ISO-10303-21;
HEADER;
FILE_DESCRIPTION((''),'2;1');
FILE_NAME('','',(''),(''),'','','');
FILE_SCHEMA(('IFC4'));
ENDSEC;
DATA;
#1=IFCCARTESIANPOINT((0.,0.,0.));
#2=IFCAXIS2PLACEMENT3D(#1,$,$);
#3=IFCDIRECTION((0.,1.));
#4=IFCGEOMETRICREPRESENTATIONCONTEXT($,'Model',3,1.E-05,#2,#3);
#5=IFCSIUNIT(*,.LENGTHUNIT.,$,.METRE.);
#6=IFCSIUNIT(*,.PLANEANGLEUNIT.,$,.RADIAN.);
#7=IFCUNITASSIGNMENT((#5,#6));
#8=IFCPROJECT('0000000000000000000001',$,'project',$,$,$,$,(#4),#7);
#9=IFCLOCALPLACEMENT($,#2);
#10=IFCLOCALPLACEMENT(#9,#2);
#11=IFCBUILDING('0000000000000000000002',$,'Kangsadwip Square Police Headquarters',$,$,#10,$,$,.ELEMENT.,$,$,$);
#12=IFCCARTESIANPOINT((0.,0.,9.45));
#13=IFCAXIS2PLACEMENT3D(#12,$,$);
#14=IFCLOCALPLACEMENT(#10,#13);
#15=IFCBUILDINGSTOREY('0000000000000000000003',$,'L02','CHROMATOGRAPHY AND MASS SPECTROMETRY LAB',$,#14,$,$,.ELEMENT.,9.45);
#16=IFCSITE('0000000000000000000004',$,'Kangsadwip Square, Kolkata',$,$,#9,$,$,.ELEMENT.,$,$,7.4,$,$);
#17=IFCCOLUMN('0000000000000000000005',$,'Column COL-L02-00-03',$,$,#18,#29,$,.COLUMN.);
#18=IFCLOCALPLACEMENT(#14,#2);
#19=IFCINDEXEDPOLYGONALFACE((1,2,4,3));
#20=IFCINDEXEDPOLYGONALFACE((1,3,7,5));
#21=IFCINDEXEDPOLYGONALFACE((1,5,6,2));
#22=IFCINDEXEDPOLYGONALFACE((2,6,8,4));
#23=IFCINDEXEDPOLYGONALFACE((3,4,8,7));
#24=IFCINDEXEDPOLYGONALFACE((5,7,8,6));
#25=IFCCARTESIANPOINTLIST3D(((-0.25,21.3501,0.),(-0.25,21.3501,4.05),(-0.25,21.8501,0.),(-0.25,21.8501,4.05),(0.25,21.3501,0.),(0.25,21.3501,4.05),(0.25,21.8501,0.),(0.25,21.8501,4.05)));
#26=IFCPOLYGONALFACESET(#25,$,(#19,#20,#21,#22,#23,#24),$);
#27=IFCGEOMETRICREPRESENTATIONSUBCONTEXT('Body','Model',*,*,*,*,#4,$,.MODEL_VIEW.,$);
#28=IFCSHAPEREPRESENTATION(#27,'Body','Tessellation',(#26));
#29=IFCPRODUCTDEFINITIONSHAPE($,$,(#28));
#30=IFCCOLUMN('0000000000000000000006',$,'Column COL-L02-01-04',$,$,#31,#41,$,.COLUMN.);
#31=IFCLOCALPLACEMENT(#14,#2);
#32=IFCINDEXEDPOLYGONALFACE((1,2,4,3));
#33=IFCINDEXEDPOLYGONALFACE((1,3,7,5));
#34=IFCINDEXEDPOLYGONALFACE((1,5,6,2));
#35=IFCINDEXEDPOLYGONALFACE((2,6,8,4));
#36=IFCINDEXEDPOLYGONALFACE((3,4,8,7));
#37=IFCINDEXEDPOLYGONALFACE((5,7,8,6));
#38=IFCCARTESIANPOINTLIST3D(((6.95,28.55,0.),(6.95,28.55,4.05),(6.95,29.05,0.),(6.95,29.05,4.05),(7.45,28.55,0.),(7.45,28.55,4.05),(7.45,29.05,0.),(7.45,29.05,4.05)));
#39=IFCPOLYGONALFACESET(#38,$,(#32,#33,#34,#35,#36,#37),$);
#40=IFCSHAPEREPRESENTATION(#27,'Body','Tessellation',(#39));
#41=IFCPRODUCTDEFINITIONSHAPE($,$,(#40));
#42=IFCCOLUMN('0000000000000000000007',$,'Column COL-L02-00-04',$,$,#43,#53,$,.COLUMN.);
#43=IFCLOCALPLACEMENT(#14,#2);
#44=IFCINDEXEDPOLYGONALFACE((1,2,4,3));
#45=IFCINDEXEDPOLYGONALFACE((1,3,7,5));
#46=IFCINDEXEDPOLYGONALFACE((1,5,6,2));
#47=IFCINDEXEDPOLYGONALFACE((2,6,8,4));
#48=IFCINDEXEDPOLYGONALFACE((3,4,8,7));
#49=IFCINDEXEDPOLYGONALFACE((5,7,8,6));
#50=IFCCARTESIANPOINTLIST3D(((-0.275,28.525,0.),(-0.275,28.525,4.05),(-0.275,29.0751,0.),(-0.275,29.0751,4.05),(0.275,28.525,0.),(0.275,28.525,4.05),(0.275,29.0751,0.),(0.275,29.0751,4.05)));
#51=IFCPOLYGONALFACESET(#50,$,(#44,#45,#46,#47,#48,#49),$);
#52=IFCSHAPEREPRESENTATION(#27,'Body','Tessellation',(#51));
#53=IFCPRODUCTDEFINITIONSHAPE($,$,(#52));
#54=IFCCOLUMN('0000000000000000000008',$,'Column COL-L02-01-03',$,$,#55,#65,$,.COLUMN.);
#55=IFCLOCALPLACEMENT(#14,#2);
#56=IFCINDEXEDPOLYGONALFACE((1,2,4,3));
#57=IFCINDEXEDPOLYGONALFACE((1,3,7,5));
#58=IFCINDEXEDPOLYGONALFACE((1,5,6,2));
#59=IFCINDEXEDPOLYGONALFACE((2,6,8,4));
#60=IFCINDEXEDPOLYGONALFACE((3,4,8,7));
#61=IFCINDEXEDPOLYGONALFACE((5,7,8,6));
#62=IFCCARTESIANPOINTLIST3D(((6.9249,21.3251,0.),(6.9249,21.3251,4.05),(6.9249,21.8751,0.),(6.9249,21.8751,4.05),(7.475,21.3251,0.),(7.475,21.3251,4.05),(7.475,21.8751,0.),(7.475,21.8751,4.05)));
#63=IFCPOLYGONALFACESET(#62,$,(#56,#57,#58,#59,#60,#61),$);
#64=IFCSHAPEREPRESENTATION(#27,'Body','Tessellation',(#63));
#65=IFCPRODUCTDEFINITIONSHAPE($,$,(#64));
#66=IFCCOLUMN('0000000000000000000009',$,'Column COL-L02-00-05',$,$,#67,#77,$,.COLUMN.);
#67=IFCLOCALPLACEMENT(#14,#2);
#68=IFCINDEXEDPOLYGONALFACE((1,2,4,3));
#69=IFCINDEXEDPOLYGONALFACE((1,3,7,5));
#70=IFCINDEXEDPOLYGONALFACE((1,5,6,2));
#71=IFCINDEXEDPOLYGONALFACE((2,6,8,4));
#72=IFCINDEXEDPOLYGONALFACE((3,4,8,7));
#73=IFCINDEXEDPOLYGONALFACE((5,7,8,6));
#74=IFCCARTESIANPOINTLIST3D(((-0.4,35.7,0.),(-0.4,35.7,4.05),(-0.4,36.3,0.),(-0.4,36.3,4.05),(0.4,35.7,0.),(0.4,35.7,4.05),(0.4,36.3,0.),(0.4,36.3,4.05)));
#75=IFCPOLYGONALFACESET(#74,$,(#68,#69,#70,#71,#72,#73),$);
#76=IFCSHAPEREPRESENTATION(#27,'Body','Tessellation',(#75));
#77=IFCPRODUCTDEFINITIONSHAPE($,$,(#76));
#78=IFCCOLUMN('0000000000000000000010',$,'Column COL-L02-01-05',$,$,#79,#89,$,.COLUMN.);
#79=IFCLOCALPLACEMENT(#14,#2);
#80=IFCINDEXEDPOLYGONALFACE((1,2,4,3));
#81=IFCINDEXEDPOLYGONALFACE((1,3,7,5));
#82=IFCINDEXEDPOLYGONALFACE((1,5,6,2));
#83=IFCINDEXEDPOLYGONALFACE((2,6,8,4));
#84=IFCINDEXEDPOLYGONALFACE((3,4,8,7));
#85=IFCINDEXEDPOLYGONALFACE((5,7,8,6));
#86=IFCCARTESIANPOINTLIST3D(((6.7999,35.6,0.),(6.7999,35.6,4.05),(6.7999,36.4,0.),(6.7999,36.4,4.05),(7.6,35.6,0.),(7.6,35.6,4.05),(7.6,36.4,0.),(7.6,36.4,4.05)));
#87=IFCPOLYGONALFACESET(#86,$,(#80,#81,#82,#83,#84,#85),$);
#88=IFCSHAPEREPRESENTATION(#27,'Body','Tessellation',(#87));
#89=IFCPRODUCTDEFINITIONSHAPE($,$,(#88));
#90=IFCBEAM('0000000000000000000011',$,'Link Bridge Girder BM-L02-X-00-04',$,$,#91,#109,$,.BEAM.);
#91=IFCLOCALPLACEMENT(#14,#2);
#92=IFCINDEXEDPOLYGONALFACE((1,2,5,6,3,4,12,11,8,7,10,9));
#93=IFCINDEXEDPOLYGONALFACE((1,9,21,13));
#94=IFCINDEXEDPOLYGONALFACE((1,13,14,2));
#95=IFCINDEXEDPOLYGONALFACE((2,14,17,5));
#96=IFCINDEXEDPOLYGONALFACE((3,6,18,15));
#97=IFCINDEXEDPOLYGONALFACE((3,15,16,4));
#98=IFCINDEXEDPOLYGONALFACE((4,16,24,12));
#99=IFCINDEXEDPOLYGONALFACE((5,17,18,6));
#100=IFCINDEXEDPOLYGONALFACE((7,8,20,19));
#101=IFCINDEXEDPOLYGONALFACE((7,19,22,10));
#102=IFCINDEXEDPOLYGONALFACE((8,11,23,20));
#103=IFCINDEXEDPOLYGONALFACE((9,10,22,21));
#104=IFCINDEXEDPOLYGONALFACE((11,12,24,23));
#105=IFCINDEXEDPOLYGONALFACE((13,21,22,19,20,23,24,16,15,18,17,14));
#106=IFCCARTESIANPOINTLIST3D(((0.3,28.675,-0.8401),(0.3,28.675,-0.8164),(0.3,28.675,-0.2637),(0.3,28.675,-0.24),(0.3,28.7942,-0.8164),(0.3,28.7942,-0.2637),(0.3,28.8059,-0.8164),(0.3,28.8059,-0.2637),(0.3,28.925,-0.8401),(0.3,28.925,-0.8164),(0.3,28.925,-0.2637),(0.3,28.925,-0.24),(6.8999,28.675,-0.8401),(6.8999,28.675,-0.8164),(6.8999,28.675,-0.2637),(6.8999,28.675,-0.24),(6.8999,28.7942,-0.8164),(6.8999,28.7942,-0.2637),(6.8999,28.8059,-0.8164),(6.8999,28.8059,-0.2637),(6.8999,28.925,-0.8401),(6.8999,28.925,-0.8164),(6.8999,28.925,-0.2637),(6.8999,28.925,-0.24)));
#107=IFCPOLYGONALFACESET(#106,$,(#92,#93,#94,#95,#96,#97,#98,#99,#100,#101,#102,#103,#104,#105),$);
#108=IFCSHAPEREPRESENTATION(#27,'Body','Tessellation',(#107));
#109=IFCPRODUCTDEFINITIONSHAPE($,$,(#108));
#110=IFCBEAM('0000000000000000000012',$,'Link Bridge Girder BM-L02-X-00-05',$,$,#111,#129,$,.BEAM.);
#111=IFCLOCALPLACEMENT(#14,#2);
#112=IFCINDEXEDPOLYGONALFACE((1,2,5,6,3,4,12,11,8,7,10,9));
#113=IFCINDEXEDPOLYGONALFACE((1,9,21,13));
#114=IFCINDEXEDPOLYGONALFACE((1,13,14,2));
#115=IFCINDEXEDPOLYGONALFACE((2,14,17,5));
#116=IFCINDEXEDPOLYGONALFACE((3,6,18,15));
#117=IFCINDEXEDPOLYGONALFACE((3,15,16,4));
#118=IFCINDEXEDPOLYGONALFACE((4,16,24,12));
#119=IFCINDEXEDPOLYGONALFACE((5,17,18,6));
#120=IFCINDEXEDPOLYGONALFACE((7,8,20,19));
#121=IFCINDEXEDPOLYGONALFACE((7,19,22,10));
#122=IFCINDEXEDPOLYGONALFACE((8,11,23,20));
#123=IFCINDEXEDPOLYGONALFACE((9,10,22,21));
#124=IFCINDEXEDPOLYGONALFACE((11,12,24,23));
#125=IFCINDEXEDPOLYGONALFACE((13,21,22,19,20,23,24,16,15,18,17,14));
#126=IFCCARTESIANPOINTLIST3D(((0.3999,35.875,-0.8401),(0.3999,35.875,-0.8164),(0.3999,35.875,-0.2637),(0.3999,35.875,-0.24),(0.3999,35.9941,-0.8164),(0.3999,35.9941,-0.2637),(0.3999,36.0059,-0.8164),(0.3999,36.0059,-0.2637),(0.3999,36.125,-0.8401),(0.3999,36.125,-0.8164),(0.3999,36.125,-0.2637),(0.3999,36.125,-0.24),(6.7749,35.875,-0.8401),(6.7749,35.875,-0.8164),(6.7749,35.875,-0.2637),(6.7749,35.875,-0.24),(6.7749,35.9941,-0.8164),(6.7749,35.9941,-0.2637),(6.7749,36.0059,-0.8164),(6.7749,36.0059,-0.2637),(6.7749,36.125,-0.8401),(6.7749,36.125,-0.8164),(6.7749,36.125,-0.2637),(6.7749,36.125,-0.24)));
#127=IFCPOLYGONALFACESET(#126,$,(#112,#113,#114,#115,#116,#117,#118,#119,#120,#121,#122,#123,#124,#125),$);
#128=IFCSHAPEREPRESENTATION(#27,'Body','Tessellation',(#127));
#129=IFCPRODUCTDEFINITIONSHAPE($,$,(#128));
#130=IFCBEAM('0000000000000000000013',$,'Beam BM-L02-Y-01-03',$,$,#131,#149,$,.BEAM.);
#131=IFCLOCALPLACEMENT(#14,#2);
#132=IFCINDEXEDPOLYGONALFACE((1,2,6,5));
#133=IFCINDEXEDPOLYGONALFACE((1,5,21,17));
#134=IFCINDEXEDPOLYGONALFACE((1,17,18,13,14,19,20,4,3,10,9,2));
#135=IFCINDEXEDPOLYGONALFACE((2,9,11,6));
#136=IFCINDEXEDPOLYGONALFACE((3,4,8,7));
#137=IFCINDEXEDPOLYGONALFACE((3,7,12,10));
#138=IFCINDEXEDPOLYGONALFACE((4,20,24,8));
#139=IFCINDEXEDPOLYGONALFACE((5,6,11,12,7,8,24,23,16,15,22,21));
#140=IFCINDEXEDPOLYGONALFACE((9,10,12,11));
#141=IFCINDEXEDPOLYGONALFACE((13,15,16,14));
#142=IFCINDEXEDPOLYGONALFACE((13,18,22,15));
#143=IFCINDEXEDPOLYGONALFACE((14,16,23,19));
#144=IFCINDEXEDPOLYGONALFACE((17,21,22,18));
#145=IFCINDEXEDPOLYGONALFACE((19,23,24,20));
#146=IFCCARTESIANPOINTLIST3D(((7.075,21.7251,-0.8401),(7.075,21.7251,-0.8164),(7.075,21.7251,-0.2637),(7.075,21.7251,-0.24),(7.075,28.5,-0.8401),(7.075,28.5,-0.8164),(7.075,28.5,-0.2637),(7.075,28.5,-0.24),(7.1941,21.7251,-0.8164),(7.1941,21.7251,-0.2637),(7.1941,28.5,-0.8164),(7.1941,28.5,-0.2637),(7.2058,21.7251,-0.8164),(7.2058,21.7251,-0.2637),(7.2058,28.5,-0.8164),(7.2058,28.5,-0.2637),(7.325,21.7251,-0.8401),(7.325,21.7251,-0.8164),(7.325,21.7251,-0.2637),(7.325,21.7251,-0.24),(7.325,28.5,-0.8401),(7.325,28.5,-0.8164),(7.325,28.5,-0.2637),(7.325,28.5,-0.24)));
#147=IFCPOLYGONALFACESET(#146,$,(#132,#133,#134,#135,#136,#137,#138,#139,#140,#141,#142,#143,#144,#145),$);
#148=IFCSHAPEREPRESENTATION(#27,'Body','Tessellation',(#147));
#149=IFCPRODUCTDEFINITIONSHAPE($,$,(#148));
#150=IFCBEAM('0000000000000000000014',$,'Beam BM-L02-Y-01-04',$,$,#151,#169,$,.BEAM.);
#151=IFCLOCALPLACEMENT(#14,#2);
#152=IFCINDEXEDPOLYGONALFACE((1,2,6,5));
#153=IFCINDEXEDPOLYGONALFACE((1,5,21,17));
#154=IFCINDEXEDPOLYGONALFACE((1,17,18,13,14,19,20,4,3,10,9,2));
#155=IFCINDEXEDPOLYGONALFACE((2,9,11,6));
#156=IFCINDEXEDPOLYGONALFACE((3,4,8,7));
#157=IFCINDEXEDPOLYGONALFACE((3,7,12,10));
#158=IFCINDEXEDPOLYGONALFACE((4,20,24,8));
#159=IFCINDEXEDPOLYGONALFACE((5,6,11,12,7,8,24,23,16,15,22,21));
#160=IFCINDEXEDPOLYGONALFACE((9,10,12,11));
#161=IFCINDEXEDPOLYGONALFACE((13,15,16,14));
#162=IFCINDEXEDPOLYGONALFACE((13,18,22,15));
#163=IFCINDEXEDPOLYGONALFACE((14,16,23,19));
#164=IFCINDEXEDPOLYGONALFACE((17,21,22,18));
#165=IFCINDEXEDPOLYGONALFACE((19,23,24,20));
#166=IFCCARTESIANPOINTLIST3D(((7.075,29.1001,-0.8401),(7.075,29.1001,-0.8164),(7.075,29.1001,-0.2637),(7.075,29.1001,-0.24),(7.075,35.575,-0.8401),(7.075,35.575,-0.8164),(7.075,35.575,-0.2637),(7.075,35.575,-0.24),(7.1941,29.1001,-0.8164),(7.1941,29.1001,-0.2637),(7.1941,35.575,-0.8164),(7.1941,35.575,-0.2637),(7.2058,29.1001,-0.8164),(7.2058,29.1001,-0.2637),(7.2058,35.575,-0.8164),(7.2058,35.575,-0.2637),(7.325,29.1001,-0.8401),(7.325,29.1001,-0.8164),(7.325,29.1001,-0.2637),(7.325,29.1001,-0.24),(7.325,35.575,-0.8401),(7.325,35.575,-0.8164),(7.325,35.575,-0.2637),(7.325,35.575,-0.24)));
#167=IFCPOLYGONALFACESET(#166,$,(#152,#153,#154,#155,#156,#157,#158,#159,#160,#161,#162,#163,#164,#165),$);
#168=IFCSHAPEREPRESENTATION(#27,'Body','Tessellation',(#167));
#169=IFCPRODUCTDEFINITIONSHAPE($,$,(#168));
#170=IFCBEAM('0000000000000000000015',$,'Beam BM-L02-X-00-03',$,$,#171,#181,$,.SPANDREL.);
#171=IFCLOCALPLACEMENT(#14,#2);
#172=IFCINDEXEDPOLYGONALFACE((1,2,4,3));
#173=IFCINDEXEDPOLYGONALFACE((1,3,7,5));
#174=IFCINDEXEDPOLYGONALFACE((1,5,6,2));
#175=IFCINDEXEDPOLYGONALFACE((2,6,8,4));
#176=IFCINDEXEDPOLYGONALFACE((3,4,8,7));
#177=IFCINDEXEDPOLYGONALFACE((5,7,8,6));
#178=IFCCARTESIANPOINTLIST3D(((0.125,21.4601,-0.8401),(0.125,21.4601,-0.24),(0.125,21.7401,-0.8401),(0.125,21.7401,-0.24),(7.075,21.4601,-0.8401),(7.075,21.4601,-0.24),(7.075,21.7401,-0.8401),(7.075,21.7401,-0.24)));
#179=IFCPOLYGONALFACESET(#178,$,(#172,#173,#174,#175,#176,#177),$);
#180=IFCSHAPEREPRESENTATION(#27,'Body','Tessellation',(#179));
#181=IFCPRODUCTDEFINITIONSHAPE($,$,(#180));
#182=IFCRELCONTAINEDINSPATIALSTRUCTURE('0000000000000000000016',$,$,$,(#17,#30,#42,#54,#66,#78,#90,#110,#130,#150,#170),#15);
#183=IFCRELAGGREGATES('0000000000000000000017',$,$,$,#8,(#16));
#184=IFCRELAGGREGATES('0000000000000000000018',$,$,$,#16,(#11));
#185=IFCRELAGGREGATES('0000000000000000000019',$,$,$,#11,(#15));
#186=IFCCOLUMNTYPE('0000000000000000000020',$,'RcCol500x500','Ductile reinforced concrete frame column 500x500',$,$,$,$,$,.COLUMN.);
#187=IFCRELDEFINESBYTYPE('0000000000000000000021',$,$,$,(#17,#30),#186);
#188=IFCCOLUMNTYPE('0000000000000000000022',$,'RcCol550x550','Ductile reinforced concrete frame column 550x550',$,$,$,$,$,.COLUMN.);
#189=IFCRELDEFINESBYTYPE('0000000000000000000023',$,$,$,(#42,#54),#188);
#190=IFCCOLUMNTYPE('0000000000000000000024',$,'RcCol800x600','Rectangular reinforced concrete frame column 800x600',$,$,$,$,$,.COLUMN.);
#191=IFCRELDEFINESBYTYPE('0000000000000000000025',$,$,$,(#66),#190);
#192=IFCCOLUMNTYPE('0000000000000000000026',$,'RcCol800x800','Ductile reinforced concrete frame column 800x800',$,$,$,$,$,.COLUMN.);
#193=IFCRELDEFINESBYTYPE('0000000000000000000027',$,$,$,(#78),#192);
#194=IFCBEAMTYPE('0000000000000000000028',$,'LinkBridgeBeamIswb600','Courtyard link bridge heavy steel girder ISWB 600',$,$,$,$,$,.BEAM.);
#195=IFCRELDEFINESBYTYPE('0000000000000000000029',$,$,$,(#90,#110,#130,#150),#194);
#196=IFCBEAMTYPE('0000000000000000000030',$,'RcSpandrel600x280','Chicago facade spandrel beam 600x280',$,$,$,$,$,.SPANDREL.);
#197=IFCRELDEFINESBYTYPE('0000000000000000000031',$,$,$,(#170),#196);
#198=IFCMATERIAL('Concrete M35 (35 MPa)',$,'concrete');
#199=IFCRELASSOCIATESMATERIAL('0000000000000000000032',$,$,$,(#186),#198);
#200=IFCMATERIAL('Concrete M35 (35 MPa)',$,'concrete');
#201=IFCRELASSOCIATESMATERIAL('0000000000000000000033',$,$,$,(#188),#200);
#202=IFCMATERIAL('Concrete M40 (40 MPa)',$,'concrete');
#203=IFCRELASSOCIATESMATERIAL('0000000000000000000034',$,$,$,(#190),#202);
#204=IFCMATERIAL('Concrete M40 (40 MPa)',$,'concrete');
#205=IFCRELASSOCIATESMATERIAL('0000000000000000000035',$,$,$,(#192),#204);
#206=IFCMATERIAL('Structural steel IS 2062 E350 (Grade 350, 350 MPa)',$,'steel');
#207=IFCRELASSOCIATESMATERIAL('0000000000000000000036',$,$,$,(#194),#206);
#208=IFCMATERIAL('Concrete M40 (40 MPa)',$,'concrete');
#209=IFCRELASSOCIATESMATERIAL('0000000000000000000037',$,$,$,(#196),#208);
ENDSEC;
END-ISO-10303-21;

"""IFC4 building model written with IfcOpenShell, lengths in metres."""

from ifc_helpers import new_model, si_unit, direction, frame, origin, origin_2d, place, context, subcontext, project, spatial, rectangle, i_section, extrude, material, material_profile, profile_set, type_object, element, save


model = new_model("IFC4")

# Units and contexts
model_context = context("Model", 3, precision=1e-05, world=origin(), true_north=direction((0.0, 1.0)))
body_context = subcontext(model_context, "Body", "Model", "MODEL_VIEW")
ifc_project = project(units=[si_unit("LENGTHUNIT", "METRE"), si_unit("PLANEANGLEUNIT", "RADIAN")], contexts=[model_context])

# Site, building, storey
site_placement = place(None, origin())
site = spatial("IfcSite", under=ifc_project, at=site_placement, Name="Kangsadwip Square, Kolkata", CompositionType="ELEMENT", RefElevation=7.4)
building_placement = place(site_placement, origin())
building = spatial("IfcBuilding", under=site, at=building_placement, Name="Kangsadwip Square Police Headquarters", CompositionType="ELEMENT")
storey_placement = place(building_placement, frame((0.0, 0.0, 9.45)))
storey = spatial("IfcBuildingStorey", under=building, at=storey_placement, Name="L02", Description="CHROMATOGRAPHY AND MASS SPECTROMETRY LAB", CompositionType="ELEMENT", Elevation=9.45)

# Columns
ifc_material_1 = material(Name="Concrete M35 (35 MPa)", Category="concrete")
ifc_material_profile_1 = material_profile(ifc_material_1, rectangle(XDim=0.5, YDim=0.5, at=origin_2d()), Name="RC COL 500X500")
ifc_profile_set_1 = profile_set([ifc_material_profile_1], Name="Concrete M35 (35 MPa)")
column_type_1 = type_object("IfcColumnType", Name="RcCol500x500", Description="Ductile reinforced concrete frame column 500x500", PredefinedType="COLUMN", material=ifc_profile_set_1)
for number, where, z_axis, x_axis, name in (
    (1, (0.0, 21.6001, 0.0), (0.0, 0.0, 1.0), (1.0, 0.0, 0.0), "Column COL-L02-00-03"),
    (2, (7.2, 28.8, 0.0), (0.0, 0.0, 1.0), (1.0, 0.0, 0.0), "Column COL-L02-01-04"),
):
    element("IfcColumn", number, at=place(storey_placement, frame(where, z_axis=z_axis, x_axis=x_axis)), inside=storey, type_object=column_type_1, Name=name, PredefinedType="COLUMN", context=body_context, shape_type="SweptSolid", body=[
        extrude(rectangle(XDim=0.5, YDim=0.5, at=origin_2d()), origin(), (0.0, 0.0, 1.0), 4.05),
    ])
ifc_material_2 = material(Name="Concrete M35 (35 MPa)", Category="concrete")
ifc_material_profile_2 = material_profile(ifc_material_2, rectangle(XDim=0.55, YDim=0.55, at=origin_2d()), Name="RC COL 550X550")
ifc_profile_set_2 = profile_set([ifc_material_profile_2], Name="Concrete M35 (35 MPa)")
column_type_2 = type_object("IfcColumnType", Name="RcCol550x550", Description="Ductile reinforced concrete frame column 550x550", PredefinedType="COLUMN", material=ifc_profile_set_2)
for number, where, z_axis, x_axis, name in (
    (3, (0.0, 28.8, 0.0), (0.0, 0.0, 1.0), (1.0, 0.0, 0.0), "Column COL-L02-00-04"),
    (4, (7.2, 21.6001, 0.0), (0.0, 0.0, 1.0), (1.0, 0.0, 0.0), "Column COL-L02-01-03"),
):
    element("IfcColumn", number, at=place(storey_placement, frame(where, z_axis=z_axis, x_axis=x_axis)), inside=storey, type_object=column_type_2, Name=name, PredefinedType="COLUMN", context=body_context, shape_type="SweptSolid", body=[
        extrude(rectangle(XDim=0.55, YDim=0.55, at=origin_2d()), origin(), (0.0, 0.0, 1.0), 4.05),
    ])
ifc_material_3 = material(Name="Concrete M40 (40 MPa)", Category="concrete")
ifc_material_profile_3 = material_profile(ifc_material_3, rectangle(XDim=0.6001, YDim=0.8, at=origin_2d()), Name="RC COL 800X600")
ifc_profile_set_3 = profile_set([ifc_material_profile_3], Name="Concrete M40 (40 MPa)")
column_type_3 = type_object("IfcColumnType", Name="RcCol800x600", Description="Rectangular reinforced concrete frame column 800x600", PredefinedType="COLUMN", material=ifc_profile_set_3)
column_1_placement = place(storey_placement, frame((0.0, 36.0, 0.0), z_axis=(0.0, 0.0, 1.0), x_axis=(0.0, 1.0, 0.0)))
element("IfcColumn", 5, at=column_1_placement, inside=storey, type_object=column_type_3, Name="Column COL-L02-00-05", PredefinedType="COLUMN", context=body_context, shape_type="SweptSolid", body=[
    extrude(rectangle(XDim=0.6001, YDim=0.8, at=origin_2d()), origin(), (0.0, 0.0, 1.0), 4.05),
])
ifc_material_4 = material(Name="Concrete M40 (40 MPa)", Category="concrete")
ifc_material_profile_4 = material_profile(ifc_material_4, rectangle(XDim=0.8, YDim=0.8, at=origin_2d()), Name="RC COL 800X800")
ifc_profile_set_4 = profile_set([ifc_material_profile_4], Name="Concrete M40 (40 MPa)")
column_type_4 = type_object("IfcColumnType", Name="RcCol800x800", Description="Ductile reinforced concrete frame column 800x800", PredefinedType="COLUMN", material=ifc_profile_set_4)
column_2_placement = place(storey_placement, frame((7.2, 36.0, 0.0), z_axis=(0.0, 0.0, 1.0), x_axis=(1.0, 0.0, 0.0)))
element("IfcColumn", 6, at=column_2_placement, inside=storey, type_object=column_type_4, Name="Column COL-L02-01-05", PredefinedType="COLUMN", context=body_context, shape_type="SweptSolid", body=[
    extrude(rectangle(XDim=0.8, YDim=0.8, at=origin_2d()), origin(), (0.0, 0.0, 1.0), 4.05),
])

# Beams
ifc_material_5 = material(Name="Structural steel IS 2062 E350 (Grade 350, 350 MPa)", Category="steel")
ifc_material_profile_5 = material_profile(ifc_material_5, i_section(OverallWidth=0.25, OverallDepth=0.6001, WebThickness=0.0117, FlangeThickness=0.0237, at=origin_2d()), Name="ISWB 600")
ifc_profile_set_5 = profile_set([ifc_material_profile_5], Name="Structural steel IS 2062 E350 (Grade 350, 350 MPa)")
beam_type_1 = type_object("IfcBeamType", Name="LinkBridgeBeamIswb600", Description="Courtyard link bridge heavy steel girder ISWB 600", PredefinedType="BEAM", material=ifc_profile_set_5)
beam_1_placement = place(storey_placement, frame((0.3, 28.8, -0.54), z_axis=(1.0, 0.0, 0.0), x_axis=(0.0, 1.0, 0.0)))
element("IfcBeam", 7, at=beam_1_placement, inside=storey, type_object=beam_type_1, Name="Link Bridge Girder BM-L02-X-00-04", PredefinedType="BEAM", context=body_context, shape_type="SweptSolid", body=[
    extrude(i_section(OverallWidth=0.25, OverallDepth=0.6001, WebThickness=0.0117, FlangeThickness=0.0237, at=origin_2d()), origin(), (0.0, 0.0, 1.0), 6.5999),
])
beam_2_placement = place(storey_placement, frame((0.3999, 36.0, -0.54), z_axis=(1.0, 0.0, 0.0), x_axis=(0.0, 1.0, 0.0)))
element("IfcBeam", 8, at=beam_2_placement, inside=storey, type_object=beam_type_1, Name="Link Bridge Girder BM-L02-X-00-05", PredefinedType="BEAM", context=body_context, shape_type="SweptSolid", body=[
    extrude(i_section(OverallWidth=0.25, OverallDepth=0.6001, WebThickness=0.0117, FlangeThickness=0.0237, at=origin_2d()), origin(), (0.0, 0.0, 1.0), 6.375),
])
beam_3_placement = place(storey_placement, frame((7.2, 21.7251, -0.54), z_axis=(0.0, 1.0, 0.0), x_axis=(-1.0, 0.0, 0.0)))
element("IfcBeam", 9, at=beam_3_placement, inside=storey, type_object=beam_type_1, Name="Beam BM-L02-Y-01-03", PredefinedType="BEAM", context=body_context, shape_type="SweptSolid", body=[
    extrude(i_section(OverallWidth=0.25, OverallDepth=0.6001, WebThickness=0.0117, FlangeThickness=0.0237, at=origin_2d()), origin(), (0.0, 0.0, 1.0), 6.7749),
])
beam_4_placement = place(storey_placement, frame((7.2, 29.1001, -0.54), z_axis=(0.0, 1.0, 0.0), x_axis=(-1.0, 0.0, 0.0)))
element("IfcBeam", 10, at=beam_4_placement, inside=storey, type_object=beam_type_1, Name="Beam BM-L02-Y-01-04", PredefinedType="BEAM", context=body_context, shape_type="SweptSolid", body=[
    extrude(i_section(OverallWidth=0.25, OverallDepth=0.6001, WebThickness=0.0117, FlangeThickness=0.0237, at=origin_2d()), origin(), (0.0, 0.0, 1.0), 6.4749),
])
ifc_material_6 = material(Name="Concrete M40 (40 MPa)", Category="concrete")
ifc_material_profile_6 = material_profile(ifc_material_6, rectangle(XDim=0.28, YDim=0.6001, at=origin_2d()), Name="RC SPN 600X280")
ifc_profile_set_6 = profile_set([ifc_material_profile_6], Name="Concrete M40 (40 MPa)")
beam_type_2 = type_object("IfcBeamType", Name="RcSpandrel600x280", Description="Chicago facade spandrel beam 600x280", PredefinedType="SPANDREL", material=ifc_profile_set_6)
for number, where, z_axis, x_axis, name in (
    (11, (0.125, 21.6001, -0.54), (1.0, 0.0, 0.0), (0.0, 1.0, 0.0), "Beam BM-L02-X-00-03"),
):
    element("IfcBeam", number, at=place(storey_placement, frame(where, z_axis=z_axis, x_axis=x_axis)), inside=storey, type_object=beam_type_2, Name=name, PredefinedType="SPANDREL", context=body_context, shape_type="SweptSolid", body=[
        extrude(rectangle(XDim=0.28, YDim=0.6001, at=origin_2d()), origin(), (0.0, 0.0, 1.0), 6.95),
    ])

save(model, "model.ifc")
